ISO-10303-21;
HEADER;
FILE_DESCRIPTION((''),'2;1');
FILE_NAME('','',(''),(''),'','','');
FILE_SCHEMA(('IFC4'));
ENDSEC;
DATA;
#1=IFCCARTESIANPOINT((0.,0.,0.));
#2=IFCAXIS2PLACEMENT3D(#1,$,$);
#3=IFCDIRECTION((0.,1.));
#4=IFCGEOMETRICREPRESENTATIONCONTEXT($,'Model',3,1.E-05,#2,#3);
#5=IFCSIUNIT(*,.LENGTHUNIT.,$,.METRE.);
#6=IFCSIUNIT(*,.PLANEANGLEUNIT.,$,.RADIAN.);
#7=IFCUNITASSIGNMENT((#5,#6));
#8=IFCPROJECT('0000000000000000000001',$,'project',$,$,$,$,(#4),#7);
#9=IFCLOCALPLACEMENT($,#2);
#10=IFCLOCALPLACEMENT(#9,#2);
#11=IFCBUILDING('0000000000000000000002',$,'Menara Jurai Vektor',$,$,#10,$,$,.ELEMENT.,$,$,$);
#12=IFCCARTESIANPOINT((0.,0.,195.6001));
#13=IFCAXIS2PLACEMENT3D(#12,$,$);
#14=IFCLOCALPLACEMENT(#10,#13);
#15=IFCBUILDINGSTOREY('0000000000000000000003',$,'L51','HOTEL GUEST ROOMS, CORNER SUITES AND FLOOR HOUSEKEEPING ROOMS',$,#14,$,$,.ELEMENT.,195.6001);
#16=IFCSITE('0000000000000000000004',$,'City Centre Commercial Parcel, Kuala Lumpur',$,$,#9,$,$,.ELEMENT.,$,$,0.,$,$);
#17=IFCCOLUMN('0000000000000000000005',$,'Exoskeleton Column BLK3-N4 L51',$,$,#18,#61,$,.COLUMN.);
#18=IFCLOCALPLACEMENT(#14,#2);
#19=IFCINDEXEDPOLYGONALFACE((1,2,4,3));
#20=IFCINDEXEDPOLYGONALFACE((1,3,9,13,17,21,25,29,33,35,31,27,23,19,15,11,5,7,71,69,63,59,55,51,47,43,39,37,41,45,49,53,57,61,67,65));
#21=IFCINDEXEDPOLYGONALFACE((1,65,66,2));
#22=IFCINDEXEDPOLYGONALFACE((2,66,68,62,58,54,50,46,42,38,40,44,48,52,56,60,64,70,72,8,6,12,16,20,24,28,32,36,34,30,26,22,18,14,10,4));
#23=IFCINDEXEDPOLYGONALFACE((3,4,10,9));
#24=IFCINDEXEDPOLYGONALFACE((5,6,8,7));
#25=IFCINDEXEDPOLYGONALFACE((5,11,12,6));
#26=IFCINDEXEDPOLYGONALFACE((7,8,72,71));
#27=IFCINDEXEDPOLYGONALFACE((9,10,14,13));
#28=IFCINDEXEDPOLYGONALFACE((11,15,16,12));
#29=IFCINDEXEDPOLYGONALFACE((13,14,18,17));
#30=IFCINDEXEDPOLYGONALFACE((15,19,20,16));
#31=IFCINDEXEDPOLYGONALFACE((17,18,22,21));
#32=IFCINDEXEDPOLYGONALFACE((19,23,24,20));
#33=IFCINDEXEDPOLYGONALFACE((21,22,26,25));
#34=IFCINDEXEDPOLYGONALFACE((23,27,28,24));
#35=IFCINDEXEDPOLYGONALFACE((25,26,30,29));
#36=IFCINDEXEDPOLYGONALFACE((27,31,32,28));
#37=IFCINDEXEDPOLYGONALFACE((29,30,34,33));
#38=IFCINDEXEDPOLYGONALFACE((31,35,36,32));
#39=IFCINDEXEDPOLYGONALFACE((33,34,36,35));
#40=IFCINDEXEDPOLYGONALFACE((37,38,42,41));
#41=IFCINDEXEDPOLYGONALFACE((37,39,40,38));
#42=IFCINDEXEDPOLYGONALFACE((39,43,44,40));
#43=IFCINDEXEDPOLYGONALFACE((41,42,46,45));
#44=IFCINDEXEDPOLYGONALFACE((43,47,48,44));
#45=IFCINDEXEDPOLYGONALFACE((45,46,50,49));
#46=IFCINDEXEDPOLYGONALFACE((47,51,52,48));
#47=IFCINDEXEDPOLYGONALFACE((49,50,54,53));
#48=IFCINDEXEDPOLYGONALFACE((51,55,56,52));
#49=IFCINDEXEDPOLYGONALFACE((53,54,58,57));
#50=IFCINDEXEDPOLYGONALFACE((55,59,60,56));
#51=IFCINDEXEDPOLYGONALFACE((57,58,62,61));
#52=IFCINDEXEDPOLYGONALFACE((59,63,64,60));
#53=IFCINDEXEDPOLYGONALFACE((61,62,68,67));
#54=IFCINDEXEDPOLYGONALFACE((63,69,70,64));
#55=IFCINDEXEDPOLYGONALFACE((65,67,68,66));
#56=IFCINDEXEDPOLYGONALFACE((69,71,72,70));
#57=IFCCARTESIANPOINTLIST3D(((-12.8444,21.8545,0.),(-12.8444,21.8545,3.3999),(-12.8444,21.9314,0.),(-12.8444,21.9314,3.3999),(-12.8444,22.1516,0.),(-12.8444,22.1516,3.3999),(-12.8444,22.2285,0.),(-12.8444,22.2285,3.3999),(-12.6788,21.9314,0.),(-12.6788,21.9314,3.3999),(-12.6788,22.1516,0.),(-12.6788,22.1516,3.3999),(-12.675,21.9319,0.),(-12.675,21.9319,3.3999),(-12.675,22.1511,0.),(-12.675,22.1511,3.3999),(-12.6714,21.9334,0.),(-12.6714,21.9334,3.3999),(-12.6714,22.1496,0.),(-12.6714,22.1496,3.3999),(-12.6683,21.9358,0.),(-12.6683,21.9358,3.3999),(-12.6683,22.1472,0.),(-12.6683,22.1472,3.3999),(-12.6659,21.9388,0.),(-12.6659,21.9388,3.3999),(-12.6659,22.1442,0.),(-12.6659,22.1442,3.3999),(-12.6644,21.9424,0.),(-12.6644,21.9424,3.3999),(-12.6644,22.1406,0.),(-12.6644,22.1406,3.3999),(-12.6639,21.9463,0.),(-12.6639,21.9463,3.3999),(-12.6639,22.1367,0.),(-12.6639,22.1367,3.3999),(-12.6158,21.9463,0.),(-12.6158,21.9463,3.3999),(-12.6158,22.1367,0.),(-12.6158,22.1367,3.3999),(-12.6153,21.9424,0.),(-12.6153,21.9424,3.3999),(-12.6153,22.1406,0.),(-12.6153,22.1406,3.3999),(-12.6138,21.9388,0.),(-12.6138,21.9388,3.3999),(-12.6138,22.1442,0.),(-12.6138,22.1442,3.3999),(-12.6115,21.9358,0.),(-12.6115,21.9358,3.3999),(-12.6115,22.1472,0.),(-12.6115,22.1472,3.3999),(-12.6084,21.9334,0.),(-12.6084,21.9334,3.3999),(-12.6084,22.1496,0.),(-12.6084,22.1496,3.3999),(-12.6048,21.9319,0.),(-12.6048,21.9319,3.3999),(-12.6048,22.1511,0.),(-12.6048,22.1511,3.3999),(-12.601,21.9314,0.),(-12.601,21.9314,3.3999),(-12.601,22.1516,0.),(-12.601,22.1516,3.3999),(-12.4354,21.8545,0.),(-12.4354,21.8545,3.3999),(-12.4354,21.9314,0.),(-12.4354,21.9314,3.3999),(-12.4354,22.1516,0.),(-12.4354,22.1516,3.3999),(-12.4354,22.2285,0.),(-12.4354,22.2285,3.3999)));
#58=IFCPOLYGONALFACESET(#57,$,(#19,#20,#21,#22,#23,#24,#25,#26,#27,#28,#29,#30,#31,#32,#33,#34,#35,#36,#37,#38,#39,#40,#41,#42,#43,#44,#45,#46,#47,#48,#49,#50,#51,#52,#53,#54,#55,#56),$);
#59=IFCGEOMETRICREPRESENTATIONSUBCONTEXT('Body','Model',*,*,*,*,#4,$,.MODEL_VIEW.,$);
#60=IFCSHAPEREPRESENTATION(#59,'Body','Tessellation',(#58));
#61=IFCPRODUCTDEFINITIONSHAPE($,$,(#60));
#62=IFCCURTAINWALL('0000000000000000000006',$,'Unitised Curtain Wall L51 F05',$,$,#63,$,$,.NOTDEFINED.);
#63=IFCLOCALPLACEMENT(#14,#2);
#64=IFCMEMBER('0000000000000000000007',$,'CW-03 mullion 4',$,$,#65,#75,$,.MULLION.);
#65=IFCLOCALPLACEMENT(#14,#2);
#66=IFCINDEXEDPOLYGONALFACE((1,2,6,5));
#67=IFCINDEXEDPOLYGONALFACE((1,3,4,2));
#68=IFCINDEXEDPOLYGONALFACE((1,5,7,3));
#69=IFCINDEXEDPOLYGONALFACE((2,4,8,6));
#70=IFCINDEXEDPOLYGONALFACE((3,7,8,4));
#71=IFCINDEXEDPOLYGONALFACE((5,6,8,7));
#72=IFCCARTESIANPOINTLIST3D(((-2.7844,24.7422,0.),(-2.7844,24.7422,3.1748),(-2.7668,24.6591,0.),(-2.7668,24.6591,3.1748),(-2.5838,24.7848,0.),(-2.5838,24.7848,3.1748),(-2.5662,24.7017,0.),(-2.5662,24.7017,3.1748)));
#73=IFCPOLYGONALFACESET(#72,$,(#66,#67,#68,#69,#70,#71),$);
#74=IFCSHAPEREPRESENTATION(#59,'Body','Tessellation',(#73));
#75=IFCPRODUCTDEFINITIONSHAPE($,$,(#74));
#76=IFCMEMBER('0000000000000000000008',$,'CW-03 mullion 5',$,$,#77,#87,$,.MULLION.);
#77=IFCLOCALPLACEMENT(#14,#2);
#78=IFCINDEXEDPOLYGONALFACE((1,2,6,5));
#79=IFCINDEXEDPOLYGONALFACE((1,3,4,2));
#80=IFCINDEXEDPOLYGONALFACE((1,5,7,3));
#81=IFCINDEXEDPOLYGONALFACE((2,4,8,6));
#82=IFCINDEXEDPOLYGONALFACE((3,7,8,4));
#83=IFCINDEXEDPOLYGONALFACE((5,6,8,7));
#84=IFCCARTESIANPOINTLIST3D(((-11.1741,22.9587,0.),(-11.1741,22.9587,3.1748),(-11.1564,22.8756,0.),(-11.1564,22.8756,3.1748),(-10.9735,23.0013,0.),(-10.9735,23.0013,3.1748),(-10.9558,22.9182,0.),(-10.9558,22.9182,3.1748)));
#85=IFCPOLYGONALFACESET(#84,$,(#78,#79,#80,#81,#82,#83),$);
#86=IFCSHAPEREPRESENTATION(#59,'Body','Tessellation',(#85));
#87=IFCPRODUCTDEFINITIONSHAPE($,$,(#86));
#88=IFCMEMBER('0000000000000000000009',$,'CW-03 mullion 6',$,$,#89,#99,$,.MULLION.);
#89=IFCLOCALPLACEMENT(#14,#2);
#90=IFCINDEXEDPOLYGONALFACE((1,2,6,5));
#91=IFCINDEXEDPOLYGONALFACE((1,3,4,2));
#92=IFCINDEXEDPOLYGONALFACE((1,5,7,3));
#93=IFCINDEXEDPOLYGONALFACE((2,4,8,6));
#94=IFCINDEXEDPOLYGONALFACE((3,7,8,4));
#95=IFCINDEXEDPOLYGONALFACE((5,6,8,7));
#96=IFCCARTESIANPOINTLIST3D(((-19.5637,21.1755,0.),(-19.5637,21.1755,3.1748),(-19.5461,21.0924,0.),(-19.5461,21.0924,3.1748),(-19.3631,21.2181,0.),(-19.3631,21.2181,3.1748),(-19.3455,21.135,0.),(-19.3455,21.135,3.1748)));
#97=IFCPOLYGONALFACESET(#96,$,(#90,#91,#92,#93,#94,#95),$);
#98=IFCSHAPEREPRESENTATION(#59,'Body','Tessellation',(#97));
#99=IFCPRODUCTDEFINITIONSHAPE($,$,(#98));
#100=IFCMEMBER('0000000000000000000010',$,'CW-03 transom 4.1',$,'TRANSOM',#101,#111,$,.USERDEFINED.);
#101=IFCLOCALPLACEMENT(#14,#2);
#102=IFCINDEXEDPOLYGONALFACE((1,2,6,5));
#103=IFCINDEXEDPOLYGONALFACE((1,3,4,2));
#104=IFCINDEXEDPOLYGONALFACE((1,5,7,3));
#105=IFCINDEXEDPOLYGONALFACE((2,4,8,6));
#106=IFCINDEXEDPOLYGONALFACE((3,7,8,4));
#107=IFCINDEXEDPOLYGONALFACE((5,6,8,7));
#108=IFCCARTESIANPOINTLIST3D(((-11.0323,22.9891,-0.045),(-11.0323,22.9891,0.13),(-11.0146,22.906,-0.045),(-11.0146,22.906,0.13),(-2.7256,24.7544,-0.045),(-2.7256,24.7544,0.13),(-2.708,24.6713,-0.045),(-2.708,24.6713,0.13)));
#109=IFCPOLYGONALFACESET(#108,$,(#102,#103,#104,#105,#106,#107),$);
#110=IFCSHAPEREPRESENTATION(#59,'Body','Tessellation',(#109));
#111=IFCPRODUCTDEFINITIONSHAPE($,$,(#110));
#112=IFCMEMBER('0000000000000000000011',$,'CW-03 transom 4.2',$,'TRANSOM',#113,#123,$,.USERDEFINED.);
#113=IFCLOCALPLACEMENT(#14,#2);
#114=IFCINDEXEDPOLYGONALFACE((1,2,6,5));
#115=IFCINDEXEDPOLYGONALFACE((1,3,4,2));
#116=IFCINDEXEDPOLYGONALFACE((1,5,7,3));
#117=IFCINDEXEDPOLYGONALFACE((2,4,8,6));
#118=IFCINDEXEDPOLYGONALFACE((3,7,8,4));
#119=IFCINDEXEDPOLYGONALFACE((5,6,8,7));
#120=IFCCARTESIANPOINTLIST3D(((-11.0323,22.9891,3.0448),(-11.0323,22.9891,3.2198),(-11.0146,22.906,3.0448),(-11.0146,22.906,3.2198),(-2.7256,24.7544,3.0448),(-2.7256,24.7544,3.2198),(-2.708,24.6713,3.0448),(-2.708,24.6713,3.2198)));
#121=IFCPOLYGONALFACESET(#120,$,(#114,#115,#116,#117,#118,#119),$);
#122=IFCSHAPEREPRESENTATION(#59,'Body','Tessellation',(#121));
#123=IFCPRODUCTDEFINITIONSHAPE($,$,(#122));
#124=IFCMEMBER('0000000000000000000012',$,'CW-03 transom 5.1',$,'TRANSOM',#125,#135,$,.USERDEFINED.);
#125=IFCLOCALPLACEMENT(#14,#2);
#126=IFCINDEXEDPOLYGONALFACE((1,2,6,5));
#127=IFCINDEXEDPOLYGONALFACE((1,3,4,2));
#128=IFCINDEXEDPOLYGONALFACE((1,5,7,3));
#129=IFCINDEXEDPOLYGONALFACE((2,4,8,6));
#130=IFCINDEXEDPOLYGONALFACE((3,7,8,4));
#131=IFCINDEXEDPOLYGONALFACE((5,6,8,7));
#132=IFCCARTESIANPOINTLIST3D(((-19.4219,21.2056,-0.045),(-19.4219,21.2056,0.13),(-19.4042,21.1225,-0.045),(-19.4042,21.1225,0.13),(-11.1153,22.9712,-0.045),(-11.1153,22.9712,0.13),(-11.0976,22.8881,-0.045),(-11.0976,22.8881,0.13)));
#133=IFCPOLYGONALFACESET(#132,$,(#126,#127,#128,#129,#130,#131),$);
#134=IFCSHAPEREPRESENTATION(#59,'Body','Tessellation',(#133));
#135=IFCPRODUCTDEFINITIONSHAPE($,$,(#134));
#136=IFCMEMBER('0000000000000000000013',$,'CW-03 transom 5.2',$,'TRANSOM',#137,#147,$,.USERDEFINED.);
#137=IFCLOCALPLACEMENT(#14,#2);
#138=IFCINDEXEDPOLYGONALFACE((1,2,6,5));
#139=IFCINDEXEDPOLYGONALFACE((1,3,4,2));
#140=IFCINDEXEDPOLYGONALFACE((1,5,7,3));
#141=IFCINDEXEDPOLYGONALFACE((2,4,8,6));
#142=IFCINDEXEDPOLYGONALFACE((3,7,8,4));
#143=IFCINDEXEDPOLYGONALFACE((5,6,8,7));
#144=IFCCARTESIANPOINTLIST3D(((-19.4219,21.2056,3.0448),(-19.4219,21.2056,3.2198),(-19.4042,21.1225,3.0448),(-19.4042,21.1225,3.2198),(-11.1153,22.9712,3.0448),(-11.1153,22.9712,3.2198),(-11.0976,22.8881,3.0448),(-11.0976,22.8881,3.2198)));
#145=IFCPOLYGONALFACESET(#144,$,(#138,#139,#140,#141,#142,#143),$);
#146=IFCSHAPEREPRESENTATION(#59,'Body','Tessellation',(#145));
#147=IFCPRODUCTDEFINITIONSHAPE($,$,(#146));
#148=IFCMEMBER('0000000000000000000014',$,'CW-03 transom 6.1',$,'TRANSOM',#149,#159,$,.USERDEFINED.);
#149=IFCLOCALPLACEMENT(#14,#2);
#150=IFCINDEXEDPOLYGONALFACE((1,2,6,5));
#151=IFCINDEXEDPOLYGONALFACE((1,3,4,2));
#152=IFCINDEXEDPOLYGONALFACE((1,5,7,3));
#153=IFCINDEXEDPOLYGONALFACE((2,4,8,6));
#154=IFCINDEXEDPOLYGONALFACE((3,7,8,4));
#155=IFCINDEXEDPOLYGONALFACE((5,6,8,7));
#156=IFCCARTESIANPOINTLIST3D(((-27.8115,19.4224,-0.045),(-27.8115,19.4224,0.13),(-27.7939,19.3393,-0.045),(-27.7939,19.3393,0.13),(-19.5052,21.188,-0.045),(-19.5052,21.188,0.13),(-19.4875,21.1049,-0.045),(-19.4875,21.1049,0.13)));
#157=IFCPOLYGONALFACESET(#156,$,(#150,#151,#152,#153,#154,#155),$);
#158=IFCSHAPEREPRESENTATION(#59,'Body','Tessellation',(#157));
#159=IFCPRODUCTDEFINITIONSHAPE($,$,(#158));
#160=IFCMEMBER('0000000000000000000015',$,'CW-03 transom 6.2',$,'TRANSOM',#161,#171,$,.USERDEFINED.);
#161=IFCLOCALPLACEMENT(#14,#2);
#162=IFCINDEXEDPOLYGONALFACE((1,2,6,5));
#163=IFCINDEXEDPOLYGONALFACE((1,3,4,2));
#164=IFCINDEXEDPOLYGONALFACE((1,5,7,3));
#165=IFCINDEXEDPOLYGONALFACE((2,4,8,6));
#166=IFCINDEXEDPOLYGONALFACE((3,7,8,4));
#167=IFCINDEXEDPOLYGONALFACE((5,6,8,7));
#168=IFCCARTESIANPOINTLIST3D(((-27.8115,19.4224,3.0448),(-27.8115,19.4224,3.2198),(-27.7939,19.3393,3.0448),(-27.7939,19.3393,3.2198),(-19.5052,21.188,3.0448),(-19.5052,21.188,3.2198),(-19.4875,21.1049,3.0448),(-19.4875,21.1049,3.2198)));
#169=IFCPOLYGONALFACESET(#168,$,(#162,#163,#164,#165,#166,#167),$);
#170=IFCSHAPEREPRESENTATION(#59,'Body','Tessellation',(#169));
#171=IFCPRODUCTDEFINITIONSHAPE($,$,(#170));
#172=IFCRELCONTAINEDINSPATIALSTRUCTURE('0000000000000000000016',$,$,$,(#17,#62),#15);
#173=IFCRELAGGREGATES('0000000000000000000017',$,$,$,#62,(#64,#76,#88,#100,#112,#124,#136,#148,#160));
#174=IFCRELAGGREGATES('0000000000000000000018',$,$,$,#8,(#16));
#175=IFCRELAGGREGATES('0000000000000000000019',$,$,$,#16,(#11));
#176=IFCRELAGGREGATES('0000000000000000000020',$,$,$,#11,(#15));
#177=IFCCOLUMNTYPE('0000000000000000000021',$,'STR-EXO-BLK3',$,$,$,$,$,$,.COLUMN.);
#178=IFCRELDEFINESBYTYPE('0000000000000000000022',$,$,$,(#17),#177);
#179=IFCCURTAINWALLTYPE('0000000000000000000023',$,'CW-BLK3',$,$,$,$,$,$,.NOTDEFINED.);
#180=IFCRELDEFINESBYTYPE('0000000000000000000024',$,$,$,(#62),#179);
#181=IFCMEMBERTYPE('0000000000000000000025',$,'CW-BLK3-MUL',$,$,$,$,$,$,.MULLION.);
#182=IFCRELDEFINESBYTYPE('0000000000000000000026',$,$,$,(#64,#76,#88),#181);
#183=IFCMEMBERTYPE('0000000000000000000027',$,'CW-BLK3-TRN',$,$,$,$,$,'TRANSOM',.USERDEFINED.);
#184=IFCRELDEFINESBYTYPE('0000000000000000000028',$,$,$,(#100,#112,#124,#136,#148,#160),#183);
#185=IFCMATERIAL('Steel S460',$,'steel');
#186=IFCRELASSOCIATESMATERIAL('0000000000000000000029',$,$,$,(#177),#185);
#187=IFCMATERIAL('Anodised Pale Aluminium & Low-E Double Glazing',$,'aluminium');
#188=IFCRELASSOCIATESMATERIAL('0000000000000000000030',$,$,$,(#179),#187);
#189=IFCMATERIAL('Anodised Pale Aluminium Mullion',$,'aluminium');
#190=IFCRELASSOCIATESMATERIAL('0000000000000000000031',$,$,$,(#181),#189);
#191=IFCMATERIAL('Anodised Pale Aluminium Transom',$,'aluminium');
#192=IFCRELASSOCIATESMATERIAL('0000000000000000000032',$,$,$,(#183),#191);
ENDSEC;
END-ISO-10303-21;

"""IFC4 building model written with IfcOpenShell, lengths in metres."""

from ifc_helpers import new_model, si_unit, direction, frame, origin, origin_2d, place, context, subcontext, project, spatial, rectangle, i_section, extrude, material, material_profile, profile_set, type_object, element, aggregate, save


model = new_model("IFC4")

# Units and contexts
model_context = context("Model", 3, precision=1e-05, world=origin(), true_north=direction((0.0, 1.0)))
body_context = subcontext(model_context, "Body", "Model", "MODEL_VIEW")
ifc_project = project(units=[si_unit("LENGTHUNIT", "METRE"), si_unit("PLANEANGLEUNIT", "RADIAN")], contexts=[model_context])

# Site, building, storey
site_placement = place(None, origin())
site = spatial("IfcSite", under=ifc_project, at=site_placement, Name="City Centre Commercial Parcel, Kuala Lumpur", CompositionType="ELEMENT", RefElevation=0.0)
building_placement = place(site_placement, origin())
building = spatial("IfcBuilding", under=site, at=building_placement, Name="Menara Jurai Vektor", CompositionType="ELEMENT")
storey_placement = place(building_placement, frame((0.0, 0.0, 195.6001)))
storey = spatial("IfcBuildingStorey", under=building, at=storey_placement, Name="L51", Description="HOTEL GUEST ROOMS, CORNER SUITES AND FLOOR HOUSEKEEPING ROOMS", CompositionType="ELEMENT", Elevation=195.6001)

# Column
ifc_material_1 = material(Name="Steel S460", Category="steel")
ifc_material_profile_1 = material_profile(ifc_material_1, i_section(OverallWidth=0.4089, OverallDepth=0.374, WebThickness=0.0481, FlangeThickness=0.0769, FilletRadius=0.0149, at=origin_2d()), Name="HD 400x634")
ifc_profile_set_1 = profile_set([ifc_material_profile_1], Name="Steel S460")
column_type = type_object("IfcColumnType", Name="STR-EXO-BLK3", PredefinedType="COLUMN", material=ifc_profile_set_1)
column_placement = place(storey_placement, frame((-12.6399, 22.0415, 0.0), z_axis=(0.0, 0.0, 1.0), x_axis=(1.0, 0.0, 0.0)))
element("IfcColumn", 1, at=column_placement, inside=storey, type_object=column_type, Name="Exoskeleton Column BLK3-N4 L51", PredefinedType="COLUMN", context=body_context, shape_type="SweptSolid", body=[
    extrude(i_section(OverallWidth=0.4089, OverallDepth=0.374, WebThickness=0.0481, FlangeThickness=0.0769, FilletRadius=0.0149, at=origin_2d()), origin(), (0.0, 0.0, 1.0), 3.3999),
])

# Curtain wall, members
ifc_material_2 = material(Name="Anodised Pale Aluminium & Low-E Double Glazing", Category="aluminium")
curtain_wall_type = type_object("IfcCurtainWallType", Name="CW-BLK3", PredefinedType="NOTDEFINED", material=ifc_material_2)
curtain_wall_placement = place(storey_placement, origin())
curtain_wall = element("IfcCurtainWall", 2, at=curtain_wall_placement, inside=storey, type_object=curtain_wall_type, Name="Unitised Curtain Wall L51 F05", PredefinedType="NOTDEFINED")
ifc_material_3 = material(Name="Anodised Pale Aluminium Mullion", Category="aluminium")
ifc_material_profile_2 = material_profile(ifc_material_3, rectangle(XDim=0.085, YDim=0.2051, at=origin_2d()), Name="ALU MUL 85x205")
ifc_profile_set_2 = profile_set([ifc_material_profile_2], Name="Anodised Pale Aluminium Mullion")
member_type_1 = type_object("IfcMemberType", Name="CW-BLK3-MUL", PredefinedType="MULLION", material=ifc_profile_set_2)
member_1_placement = place(storey_placement, frame((-2.6753, 24.7219, 0.0), z_axis=(0.0, 0.0, 1.0), x_axis=(0.207911, -0.978148, 0.0)))
member_1 = element("IfcMember", 3, at=member_1_placement, type_object=member_type_1, Name="CW-03 mullion 4", PredefinedType="MULLION", context=body_context, shape_type="SweptSolid", body=[
    extrude(rectangle(XDim=0.085, YDim=0.2051, at=origin_2d()), origin(), (0.0, 0.0, 1.0), 3.1748),
])
member_2_placement = place(storey_placement, frame((-11.0649, 22.9385, 0.0), z_axis=(0.0, 0.0, 1.0), x_axis=(0.207911, -0.978148, 0.0)))
member_2 = element("IfcMember", 4, at=member_2_placement, type_object=member_type_1, Name="CW-03 mullion 5", PredefinedType="MULLION", context=body_context, shape_type="SweptSolid", body=[
    extrude(rectangle(XDim=0.085, YDim=0.2051, at=origin_2d()), origin(), (0.0, 0.0, 1.0), 3.1748),
])
member_3_placement = place(storey_placement, frame((-19.4546, 21.1553, 0.0), z_axis=(0.0, 0.0, 1.0), x_axis=(0.207911, -0.978148, 0.0)))
member_3 = element("IfcMember", 5, at=member_3_placement, type_object=member_type_1, Name="CW-03 mullion 6", PredefinedType="MULLION", context=body_context, shape_type="SweptSolid", body=[
    extrude(rectangle(XDim=0.085, YDim=0.2051, at=origin_2d()), origin(), (0.0, 0.0, 1.0), 3.1748),
])
ifc_material_4 = material(Name="Anodised Pale Aluminium Transom", Category="aluminium")
ifc_material_profile_3 = material_profile(ifc_material_4, rectangle(XDim=0.085, YDim=0.175, at=origin_2d()), Name="ALU TRN 85x175")
ifc_profile_set_3 = profile_set([ifc_material_profile_3], Name="Anodised Pale Aluminium Transom")
member_type_2 = type_object("IfcMemberType", Name="CW-BLK3-TRN", ElementType="TRANSOM", PredefinedType="USERDEFINED", material=ifc_profile_set_3)
member_4_placement = place(storey_placement, frame((-2.7168, 24.7129, 0.0425), z_axis=(-0.978154, -0.207884, 0.0), x_axis=(0.207884, -0.978154, 0.0)))
member_4 = element("IfcMember", 6, at=member_4_placement, type_object=member_type_2, Name="CW-03 transom 4.1", ObjectType="TRANSOM", PredefinedType="USERDEFINED", context=body_context, shape_type="SweptSolid", body=[
    extrude(rectangle(XDim=0.085, YDim=0.175, at=origin_2d()), origin(), (0.0, 0.0, 1.0), 8.4922),
])
member_5_placement = place(storey_placement, frame((-2.7168, 24.7129, 3.1323), z_axis=(-0.978154, -0.207884, 0.0), x_axis=(0.207884, -0.978154, 0.0)))
member_5 = element("IfcMember", 7, at=member_5_placement, type_object=member_type_2, Name="CW-03 transom 4.2", ObjectType="TRANSOM", PredefinedType="USERDEFINED", context=body_context, shape_type="SweptSolid", body=[
    extrude(rectangle(XDim=0.085, YDim=0.175, at=origin_2d()), origin(), (0.0, 0.0, 1.0), 8.4922),
])
member_6_placement = place(storey_placement, frame((-11.1064, 22.9297, 0.0425), z_axis=(-0.978148, -0.207911, 0.0), x_axis=(0.207911, -0.978148, 0.0)))
member_6 = element("IfcMember", 8, at=member_6_placement, type_object=member_type_2, Name="CW-03 transom 5.1", ObjectType="TRANSOM", PredefinedType="USERDEFINED", context=body_context, shape_type="SweptSolid", body=[
    extrude(rectangle(XDim=0.085, YDim=0.175, at=origin_2d()), origin(), (0.0, 0.0, 1.0), 8.4922),
])
member_7_placement = place(storey_placement, frame((-11.1064, 22.9297, 3.1323), z_axis=(-0.978148, -0.207911, 0.0), x_axis=(0.207911, -0.978148, 0.0)))
member_7 = element("IfcMember", 9, at=member_7_placement, type_object=member_type_2, Name="CW-03 transom 5.2", ObjectType="TRANSOM", PredefinedType="USERDEFINED", context=body_context, shape_type="SweptSolid", body=[
    extrude(rectangle(XDim=0.085, YDim=0.175, at=origin_2d()), origin(), (0.0, 0.0, 1.0), 8.4922),
])
member_8_placement = place(storey_placement, frame((-19.4963, 21.1465, 0.0425), z_axis=(-0.978147, -0.207917, 0.0), x_axis=(0.207917, -0.978147, 0.0)))
member_8 = element("IfcMember", 10, at=member_8_placement, type_object=member_type_2, Name="CW-03 transom 6.1", ObjectType="TRANSOM", PredefinedType="USERDEFINED", context=body_context, shape_type="SweptSolid", body=[
    extrude(rectangle(XDim=0.085, YDim=0.175, at=origin_2d()), origin(), (0.0, 0.0, 1.0), 8.4919),
])
member_9_placement = place(storey_placement, frame((-19.4963, 21.1465, 3.1323), z_axis=(-0.978147, -0.207917, 0.0), x_axis=(0.207917, -0.978147, 0.0)))
member_9 = element("IfcMember", 11, at=member_9_placement, type_object=member_type_2, Name="CW-03 transom 6.2", ObjectType="TRANSOM", PredefinedType="USERDEFINED", context=body_context, shape_type="SweptSolid", body=[
    extrude(rectangle(XDim=0.085, YDim=0.175, at=origin_2d()), origin(), (0.0, 0.0, 1.0), 8.4919),
])

aggregate(curtain_wall, [member_1, member_2, member_3, member_4, member_5, member_6, member_7, member_8, member_9])

save(model, "model.ifc")
